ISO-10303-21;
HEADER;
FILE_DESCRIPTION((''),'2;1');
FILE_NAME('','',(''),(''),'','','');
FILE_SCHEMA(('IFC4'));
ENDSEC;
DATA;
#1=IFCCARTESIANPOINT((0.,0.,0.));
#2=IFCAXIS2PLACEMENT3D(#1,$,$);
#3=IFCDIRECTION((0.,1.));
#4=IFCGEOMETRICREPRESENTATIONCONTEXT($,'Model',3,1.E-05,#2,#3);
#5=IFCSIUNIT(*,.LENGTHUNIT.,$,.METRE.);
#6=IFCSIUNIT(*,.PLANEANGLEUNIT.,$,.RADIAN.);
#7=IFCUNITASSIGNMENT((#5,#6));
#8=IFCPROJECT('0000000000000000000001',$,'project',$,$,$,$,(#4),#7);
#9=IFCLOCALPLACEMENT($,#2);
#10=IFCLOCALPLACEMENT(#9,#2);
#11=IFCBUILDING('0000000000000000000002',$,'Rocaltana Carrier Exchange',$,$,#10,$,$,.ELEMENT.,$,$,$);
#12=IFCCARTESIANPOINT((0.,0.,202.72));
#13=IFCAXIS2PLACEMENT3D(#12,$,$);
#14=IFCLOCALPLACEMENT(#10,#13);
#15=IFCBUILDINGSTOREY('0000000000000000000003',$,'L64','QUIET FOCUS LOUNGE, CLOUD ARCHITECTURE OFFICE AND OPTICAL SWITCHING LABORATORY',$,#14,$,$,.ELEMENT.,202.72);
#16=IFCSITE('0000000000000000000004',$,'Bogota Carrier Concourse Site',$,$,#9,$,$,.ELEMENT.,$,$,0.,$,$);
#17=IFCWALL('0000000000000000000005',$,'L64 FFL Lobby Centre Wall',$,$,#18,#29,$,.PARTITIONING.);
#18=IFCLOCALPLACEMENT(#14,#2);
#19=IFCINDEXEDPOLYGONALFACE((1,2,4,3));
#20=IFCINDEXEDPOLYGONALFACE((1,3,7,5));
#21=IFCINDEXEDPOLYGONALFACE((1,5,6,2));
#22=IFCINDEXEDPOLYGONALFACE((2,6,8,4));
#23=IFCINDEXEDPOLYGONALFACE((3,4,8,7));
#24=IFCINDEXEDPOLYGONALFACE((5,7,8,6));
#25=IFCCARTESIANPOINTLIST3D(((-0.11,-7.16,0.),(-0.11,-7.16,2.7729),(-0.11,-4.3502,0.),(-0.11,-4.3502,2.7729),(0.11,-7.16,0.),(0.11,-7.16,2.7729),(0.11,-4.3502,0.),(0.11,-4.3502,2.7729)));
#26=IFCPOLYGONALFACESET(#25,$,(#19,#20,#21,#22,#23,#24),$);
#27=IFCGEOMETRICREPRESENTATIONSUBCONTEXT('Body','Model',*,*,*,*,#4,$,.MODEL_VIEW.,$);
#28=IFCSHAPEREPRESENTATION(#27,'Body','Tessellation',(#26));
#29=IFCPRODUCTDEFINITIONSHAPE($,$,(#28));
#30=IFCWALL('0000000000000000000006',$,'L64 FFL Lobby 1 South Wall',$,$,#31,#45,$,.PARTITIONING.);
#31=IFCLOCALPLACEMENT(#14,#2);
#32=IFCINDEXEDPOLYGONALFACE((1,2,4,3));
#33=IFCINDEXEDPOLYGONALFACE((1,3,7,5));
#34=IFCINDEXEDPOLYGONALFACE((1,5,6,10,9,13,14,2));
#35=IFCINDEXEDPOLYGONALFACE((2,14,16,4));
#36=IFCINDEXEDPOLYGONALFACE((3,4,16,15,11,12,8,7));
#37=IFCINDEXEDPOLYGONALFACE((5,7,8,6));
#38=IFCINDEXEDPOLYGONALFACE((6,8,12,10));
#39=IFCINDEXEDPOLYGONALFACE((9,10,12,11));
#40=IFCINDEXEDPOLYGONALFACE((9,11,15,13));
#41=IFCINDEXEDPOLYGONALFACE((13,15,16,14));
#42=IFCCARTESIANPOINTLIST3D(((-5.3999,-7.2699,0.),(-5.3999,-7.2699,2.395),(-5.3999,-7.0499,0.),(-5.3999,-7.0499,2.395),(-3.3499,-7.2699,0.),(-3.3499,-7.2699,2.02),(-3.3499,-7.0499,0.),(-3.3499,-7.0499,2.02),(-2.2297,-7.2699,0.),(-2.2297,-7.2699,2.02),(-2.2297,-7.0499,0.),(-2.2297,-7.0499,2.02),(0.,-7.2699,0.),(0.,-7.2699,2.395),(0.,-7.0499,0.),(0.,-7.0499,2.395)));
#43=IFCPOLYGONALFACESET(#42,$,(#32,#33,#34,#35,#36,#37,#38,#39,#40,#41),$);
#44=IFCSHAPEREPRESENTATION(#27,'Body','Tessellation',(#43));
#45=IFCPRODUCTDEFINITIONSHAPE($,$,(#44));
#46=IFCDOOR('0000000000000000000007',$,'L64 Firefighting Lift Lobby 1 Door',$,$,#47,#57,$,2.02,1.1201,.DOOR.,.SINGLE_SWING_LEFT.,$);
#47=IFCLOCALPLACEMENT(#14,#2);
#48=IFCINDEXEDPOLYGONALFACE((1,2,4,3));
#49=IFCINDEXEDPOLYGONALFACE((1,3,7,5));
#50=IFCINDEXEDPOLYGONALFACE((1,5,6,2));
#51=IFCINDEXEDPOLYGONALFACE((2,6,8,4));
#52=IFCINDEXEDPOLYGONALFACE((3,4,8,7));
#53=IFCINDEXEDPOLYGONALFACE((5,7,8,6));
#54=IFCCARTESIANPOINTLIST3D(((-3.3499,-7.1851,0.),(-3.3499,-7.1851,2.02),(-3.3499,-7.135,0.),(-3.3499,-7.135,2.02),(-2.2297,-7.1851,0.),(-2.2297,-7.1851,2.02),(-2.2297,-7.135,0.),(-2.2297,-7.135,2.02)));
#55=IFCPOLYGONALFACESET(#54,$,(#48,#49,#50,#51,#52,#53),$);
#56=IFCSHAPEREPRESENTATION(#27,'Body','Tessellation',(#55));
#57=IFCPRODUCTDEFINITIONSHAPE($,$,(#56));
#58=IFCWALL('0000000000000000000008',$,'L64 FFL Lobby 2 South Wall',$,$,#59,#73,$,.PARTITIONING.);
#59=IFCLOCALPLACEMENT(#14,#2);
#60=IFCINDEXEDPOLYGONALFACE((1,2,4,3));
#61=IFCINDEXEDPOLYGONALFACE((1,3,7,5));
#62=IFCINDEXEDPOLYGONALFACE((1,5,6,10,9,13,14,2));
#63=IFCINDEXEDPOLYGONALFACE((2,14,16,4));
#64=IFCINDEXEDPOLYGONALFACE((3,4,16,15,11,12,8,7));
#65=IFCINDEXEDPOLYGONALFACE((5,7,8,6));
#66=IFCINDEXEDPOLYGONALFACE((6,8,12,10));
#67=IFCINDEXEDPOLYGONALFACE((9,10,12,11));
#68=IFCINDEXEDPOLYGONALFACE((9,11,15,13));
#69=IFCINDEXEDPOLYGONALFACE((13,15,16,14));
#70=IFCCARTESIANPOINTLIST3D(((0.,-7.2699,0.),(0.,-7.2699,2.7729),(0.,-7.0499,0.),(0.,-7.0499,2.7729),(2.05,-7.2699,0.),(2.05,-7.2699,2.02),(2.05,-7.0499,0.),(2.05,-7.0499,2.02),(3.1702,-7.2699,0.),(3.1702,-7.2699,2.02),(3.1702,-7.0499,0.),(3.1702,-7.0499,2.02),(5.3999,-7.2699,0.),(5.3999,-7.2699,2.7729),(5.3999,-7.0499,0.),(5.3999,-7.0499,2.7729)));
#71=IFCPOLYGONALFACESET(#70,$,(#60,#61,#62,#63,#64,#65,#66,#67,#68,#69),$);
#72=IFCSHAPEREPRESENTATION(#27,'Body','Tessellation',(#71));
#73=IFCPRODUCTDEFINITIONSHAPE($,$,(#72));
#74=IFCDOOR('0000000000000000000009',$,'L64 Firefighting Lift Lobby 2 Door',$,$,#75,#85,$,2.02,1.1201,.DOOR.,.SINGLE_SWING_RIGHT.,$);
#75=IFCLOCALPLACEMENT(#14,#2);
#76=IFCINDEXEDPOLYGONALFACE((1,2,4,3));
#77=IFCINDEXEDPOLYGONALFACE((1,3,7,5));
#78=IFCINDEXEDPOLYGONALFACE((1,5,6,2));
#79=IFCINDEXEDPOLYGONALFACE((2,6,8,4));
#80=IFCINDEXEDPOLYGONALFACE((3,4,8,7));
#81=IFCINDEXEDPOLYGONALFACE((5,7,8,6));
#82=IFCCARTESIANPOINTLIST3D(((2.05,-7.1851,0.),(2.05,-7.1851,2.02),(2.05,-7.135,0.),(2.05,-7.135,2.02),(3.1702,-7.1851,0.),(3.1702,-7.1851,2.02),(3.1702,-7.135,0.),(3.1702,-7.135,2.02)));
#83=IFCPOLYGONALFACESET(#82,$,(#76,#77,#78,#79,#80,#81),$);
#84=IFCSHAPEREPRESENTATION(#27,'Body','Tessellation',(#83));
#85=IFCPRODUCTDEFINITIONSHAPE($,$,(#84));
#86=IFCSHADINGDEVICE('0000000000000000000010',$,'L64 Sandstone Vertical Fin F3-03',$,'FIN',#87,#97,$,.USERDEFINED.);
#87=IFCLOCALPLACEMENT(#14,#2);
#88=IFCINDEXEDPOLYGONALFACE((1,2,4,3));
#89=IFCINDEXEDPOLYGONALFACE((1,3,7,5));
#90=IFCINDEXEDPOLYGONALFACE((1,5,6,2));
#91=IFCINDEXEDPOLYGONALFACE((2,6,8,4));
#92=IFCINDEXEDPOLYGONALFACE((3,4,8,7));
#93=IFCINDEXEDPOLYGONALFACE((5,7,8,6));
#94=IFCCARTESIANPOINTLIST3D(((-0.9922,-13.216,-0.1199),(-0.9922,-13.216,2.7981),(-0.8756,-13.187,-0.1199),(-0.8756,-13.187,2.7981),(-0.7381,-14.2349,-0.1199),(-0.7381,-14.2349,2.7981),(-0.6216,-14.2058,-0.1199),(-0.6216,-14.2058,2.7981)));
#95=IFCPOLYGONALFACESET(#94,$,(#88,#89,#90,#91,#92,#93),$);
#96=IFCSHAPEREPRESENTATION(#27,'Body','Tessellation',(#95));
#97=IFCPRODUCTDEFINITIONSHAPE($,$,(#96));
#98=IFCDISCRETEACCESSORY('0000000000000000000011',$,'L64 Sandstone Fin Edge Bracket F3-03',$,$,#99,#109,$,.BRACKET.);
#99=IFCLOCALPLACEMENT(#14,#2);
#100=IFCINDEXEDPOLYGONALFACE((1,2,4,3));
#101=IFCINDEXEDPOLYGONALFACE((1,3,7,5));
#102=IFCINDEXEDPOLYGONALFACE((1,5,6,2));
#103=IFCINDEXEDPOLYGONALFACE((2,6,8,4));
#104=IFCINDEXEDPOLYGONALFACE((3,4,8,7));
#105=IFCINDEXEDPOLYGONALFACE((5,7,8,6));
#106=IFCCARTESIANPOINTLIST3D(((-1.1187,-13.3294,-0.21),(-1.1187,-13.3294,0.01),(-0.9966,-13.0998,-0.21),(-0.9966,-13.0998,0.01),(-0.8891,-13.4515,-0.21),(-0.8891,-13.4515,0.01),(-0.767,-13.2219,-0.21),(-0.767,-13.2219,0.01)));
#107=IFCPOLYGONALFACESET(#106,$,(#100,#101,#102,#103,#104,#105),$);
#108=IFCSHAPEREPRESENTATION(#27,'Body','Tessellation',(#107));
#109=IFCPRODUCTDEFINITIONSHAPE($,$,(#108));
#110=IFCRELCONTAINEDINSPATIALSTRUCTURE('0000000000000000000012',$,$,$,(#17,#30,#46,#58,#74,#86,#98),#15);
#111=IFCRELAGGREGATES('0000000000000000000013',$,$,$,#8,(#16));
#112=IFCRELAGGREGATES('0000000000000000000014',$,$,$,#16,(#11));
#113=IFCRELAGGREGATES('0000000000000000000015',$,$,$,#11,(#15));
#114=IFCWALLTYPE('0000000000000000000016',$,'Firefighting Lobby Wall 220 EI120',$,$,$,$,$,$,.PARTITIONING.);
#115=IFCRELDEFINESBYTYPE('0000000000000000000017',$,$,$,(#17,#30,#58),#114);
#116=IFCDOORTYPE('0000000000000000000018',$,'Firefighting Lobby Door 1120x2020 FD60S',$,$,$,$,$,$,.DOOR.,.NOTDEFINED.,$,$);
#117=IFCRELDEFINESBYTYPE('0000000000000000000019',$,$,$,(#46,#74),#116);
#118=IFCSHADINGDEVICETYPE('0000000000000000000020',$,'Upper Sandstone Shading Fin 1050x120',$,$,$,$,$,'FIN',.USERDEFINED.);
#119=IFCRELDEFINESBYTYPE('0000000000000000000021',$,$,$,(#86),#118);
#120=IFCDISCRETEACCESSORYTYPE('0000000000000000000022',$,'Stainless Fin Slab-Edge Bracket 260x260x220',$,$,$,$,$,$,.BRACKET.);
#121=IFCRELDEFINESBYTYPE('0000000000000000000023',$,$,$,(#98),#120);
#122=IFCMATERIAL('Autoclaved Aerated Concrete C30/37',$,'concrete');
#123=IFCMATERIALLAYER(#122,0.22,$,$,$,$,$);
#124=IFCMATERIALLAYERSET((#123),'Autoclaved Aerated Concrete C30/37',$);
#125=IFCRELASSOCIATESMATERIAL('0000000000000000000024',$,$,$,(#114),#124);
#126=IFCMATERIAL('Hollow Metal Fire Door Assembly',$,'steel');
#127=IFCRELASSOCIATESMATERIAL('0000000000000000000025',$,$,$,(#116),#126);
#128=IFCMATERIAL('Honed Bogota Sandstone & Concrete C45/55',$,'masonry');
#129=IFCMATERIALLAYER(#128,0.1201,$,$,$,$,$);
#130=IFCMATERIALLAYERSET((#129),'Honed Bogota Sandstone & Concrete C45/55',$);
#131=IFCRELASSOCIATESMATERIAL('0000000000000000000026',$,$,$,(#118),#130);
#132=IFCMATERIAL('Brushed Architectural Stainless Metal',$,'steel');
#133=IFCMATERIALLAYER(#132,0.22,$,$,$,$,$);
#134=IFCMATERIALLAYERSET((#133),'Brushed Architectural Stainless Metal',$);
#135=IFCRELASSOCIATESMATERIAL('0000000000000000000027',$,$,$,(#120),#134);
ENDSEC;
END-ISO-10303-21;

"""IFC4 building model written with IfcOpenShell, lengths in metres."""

from ifc_helpers import new_model, si_unit, direction, frame, frame_2d, origin, origin_2d, place, context, subcontext, project, spatial, rectangle, extrude, material, layer, layer_set, type_object, element, fill, save


model = new_model("IFC4")

# Units and contexts
model_context = context("Model", 3, precision=1e-05, world=origin(), true_north=direction((0.0, 1.0)))
body_context = subcontext(model_context, "Body", "Model", "MODEL_VIEW")
ifc_project = project(units=[si_unit("LENGTHUNIT", "METRE"), si_unit("PLANEANGLEUNIT", "RADIAN")], contexts=[model_context])

# Site, building, storey
site_placement = place(None, origin())
site = spatial("IfcSite", under=ifc_project, at=site_placement, Name="Bogota Carrier Concourse Site", CompositionType="ELEMENT", RefElevation=0.0)
building_placement = place(site_placement, origin())
building = spatial("IfcBuilding", under=site, at=building_placement, Name="Rocaltana Carrier Exchange", CompositionType="ELEMENT")
storey_placement = place(building_placement, frame((0.0, 0.0, 202.72)))
storey = spatial("IfcBuildingStorey", under=building, at=storey_placement, Name="L64", Description="QUIET FOCUS LOUNGE, CLOUD ARCHITECTURE OFFICE AND OPTICAL SWITCHING LABORATORY", CompositionType="ELEMENT", Elevation=202.72)

# Wall
ifc_material_1 = material(Name="Autoclaved Aerated Concrete C30/37", Category="concrete")
ifc_layer_1 = layer(ifc_material_1, 0.22)
ifc_layer_set_1 = layer_set([ifc_layer_1], Name="Autoclaved Aerated Concrete C30/37")
wall_type_1 = type_object("IfcWallType", Name="Firefighting Lobby Wall 220 EI120", PredefinedType="PARTITIONING", material=ifc_layer_set_1)
wall_1_placement = place(storey_placement, frame((0.0, -7.1599, 0.0), z_axis=(0.0, 0.0, 1.0), x_axis=(0.0, 1.0, 0.0)))
element("IfcWall", 1, at=wall_1_placement, inside=storey, type_object=wall_type_1, Name="L64 FFL Lobby Centre Wall", PredefinedType="PARTITIONING", context=body_context, shape_type="SweptSolid", body=[
    extrude(rectangle(XDim=2.8098, YDim=0.22, at=frame_2d((1.4048, 0.0))), origin(), (0.0, 0.0, 1.0), 2.7729),
])

# Walls, openings, doors
wall_2_placement = place(storey_placement, frame((-5.3999, -7.1599, 0.0), z_axis=(0.0, 0.0, 1.0), x_axis=(1.0, 0.0, 0.0)))
wall_2 = element("IfcWall", 2, at=wall_2_placement, inside=storey, type_object=wall_type_1, Name="L64 FFL Lobby 1 South Wall", PredefinedType="PARTITIONING", context=body_context, shape_type="SweptSolid", body=[
    extrude(rectangle(XDim=5.3999, YDim=0.22, at=frame_2d((2.7, 0.0))), origin(), (0.0, 0.0, 1.0), 2.395),
])
opening_1_placement = place(wall_2_placement, frame((2.05, 0.0, 0.0)))
opening_1 = element("IfcOpeningElement", 3, at=opening_1_placement, cuts=wall_2, PredefinedType="OPENING", context=body_context, shape_type="SweptSolid", body=[
    extrude(rectangle(XDim=1.1201, YDim=2.02, at=frame_2d((0.5601, 1.01))), frame((0.0, 0.1199, 0.0), z_axis=(0.0, -1.0, 0.0), x_axis=(1.0, 0.0, 0.0)), (0.0, 0.0, 1.0), 0.24),
])
ifc_material_2 = material(Name="Hollow Metal Fire Door Assembly", Category="steel")
door_type = type_object("IfcDoorType", Name="Firefighting Lobby Door 1120x2020 FD60S", OperationType="NOTDEFINED", PredefinedType="DOOR", material=ifc_material_2)
door_1_placement = place(opening_1_placement, origin())
door_1 = element("IfcDoor", 4, at=door_1_placement, inside=storey, type_object=door_type, Name="L64 Firefighting Lift Lobby 1 Door", OperationType="SINGLE_SWING_LEFT", OverallHeight=2.02, OverallWidth=1.1201, PredefinedType="DOOR", context=body_context, shape_type="SweptSolid", body=[
    extrude(rectangle(XDim=1.1201, YDim=2.02, at=frame_2d((0.5601, 1.01))), frame((0.0, 0.0249, 0.0), z_axis=(0.0, -1.0, 0.0), x_axis=(1.0, 0.0, 0.0)), (0.0, 0.0, 1.0), 0.05),
])
fill(opening_1, door_1)
wall_3_placement = place(storey_placement, frame((0.0, -7.1599, 0.0), z_axis=(0.0, 0.0, 1.0), x_axis=(1.0, 0.0, 0.0)))
wall_3 = element("IfcWall", 5, at=wall_3_placement, inside=storey, type_object=wall_type_1, Name="L64 FFL Lobby 2 South Wall", PredefinedType="PARTITIONING", context=body_context, shape_type="SweptSolid", body=[
    extrude(rectangle(XDim=5.3999, YDim=0.22, at=frame_2d((2.7, 0.0))), origin(), (0.0, 0.0, 1.0), 2.7729),
])
opening_2_placement = place(wall_3_placement, frame((2.05, 0.0, 0.0)))
opening_2 = element("IfcOpeningElement", 6, at=opening_2_placement, cuts=wall_3, PredefinedType="OPENING", context=body_context, shape_type="SweptSolid", body=[
    extrude(rectangle(XDim=1.1201, YDim=2.02, at=frame_2d((0.5601, 1.01))), frame((0.0, 0.1199, 0.0), z_axis=(0.0, -1.0, 0.0), x_axis=(1.0, 0.0, 0.0)), (0.0, 0.0, 1.0), 0.24),
])
door_2_placement = place(opening_2_placement, origin())
door_2 = element("IfcDoor", 7, at=door_2_placement, inside=storey, type_object=door_type, Name="L64 Firefighting Lift Lobby 2 Door", OperationType="SINGLE_SWING_RIGHT", OverallHeight=2.02, OverallWidth=1.1201, PredefinedType="DOOR", context=body_context, shape_type="SweptSolid", body=[
    extrude(rectangle(XDim=1.1201, YDim=2.02, at=frame_2d((0.5601, 1.01))), frame((0.0, 0.0249, 0.0), z_axis=(0.0, -1.0, 0.0), x_axis=(1.0, 0.0, 0.0)), (0.0, 0.0, 1.0), 0.05),
])
fill(opening_2, door_2)

# Shading device
ifc_material_3 = material(Name="Honed Bogota Sandstone & Concrete C45/55", Category="masonry")
ifc_layer_2 = layer(ifc_material_3, 0.1201)
ifc_layer_set_2 = layer_set([ifc_layer_2], Name="Honed Bogota Sandstone & Concrete C45/55")
shading_device_type = type_object("IfcShadingDeviceType", Name="Upper Sandstone Shading Fin 1050x120", ElementType="FIN", PredefinedType="USERDEFINED", material=ifc_layer_set_2)
shading_device_placement = place(storey_placement, frame((-0.8069, -13.7109, -0.1199), z_axis=(0.0, 0.0, 1.0), x_axis=(0.241922, -0.970296, 0.0)))
element("IfcShadingDevice", 8, at=shading_device_placement, inside=storey, type_object=shading_device_type, Name="L64 Sandstone Vertical Fin F3-03", ObjectType="FIN", PredefinedType="USERDEFINED", context=body_context, shape_type="SweptSolid", body=[
    extrude(rectangle(XDim=1.05, YDim=0.1201, at=origin_2d()), origin(), (0.0, 0.0, 1.0), 2.918),
])

# Discrete accessory
ifc_material_4 = material(Name="Brushed Architectural Stainless Metal", Category="steel")
ifc_layer_3 = layer(ifc_material_4, 0.22)
ifc_layer_set_3 = layer_set([ifc_layer_3], Name="Brushed Architectural Stainless Metal")
discrete_accessory_type = type_object("IfcDiscreteAccessoryType", Name="Stainless Fin Slab-Edge Bracket 260x260x220", PredefinedType="BRACKET", material=ifc_layer_set_3)
discrete_accessory_placement = place(storey_placement, frame((-0.9429, -13.2756, -0.21), z_axis=(0.0, 0.0, 1.0), x_axis=(0.882948, -0.469472, 0.0)))
element("IfcDiscreteAccessory", 9, at=discrete_accessory_placement, inside=storey, type_object=discrete_accessory_type, Name="L64 Sandstone Fin Edge Bracket F3-03", PredefinedType="BRACKET", context=body_context, shape_type="SweptSolid", body=[
    extrude(rectangle(XDim=0.26, YDim=0.26, at=origin_2d()), origin(), (0.0, 0.0, 1.0), 0.22),
])

save(model, "model.ifc")
